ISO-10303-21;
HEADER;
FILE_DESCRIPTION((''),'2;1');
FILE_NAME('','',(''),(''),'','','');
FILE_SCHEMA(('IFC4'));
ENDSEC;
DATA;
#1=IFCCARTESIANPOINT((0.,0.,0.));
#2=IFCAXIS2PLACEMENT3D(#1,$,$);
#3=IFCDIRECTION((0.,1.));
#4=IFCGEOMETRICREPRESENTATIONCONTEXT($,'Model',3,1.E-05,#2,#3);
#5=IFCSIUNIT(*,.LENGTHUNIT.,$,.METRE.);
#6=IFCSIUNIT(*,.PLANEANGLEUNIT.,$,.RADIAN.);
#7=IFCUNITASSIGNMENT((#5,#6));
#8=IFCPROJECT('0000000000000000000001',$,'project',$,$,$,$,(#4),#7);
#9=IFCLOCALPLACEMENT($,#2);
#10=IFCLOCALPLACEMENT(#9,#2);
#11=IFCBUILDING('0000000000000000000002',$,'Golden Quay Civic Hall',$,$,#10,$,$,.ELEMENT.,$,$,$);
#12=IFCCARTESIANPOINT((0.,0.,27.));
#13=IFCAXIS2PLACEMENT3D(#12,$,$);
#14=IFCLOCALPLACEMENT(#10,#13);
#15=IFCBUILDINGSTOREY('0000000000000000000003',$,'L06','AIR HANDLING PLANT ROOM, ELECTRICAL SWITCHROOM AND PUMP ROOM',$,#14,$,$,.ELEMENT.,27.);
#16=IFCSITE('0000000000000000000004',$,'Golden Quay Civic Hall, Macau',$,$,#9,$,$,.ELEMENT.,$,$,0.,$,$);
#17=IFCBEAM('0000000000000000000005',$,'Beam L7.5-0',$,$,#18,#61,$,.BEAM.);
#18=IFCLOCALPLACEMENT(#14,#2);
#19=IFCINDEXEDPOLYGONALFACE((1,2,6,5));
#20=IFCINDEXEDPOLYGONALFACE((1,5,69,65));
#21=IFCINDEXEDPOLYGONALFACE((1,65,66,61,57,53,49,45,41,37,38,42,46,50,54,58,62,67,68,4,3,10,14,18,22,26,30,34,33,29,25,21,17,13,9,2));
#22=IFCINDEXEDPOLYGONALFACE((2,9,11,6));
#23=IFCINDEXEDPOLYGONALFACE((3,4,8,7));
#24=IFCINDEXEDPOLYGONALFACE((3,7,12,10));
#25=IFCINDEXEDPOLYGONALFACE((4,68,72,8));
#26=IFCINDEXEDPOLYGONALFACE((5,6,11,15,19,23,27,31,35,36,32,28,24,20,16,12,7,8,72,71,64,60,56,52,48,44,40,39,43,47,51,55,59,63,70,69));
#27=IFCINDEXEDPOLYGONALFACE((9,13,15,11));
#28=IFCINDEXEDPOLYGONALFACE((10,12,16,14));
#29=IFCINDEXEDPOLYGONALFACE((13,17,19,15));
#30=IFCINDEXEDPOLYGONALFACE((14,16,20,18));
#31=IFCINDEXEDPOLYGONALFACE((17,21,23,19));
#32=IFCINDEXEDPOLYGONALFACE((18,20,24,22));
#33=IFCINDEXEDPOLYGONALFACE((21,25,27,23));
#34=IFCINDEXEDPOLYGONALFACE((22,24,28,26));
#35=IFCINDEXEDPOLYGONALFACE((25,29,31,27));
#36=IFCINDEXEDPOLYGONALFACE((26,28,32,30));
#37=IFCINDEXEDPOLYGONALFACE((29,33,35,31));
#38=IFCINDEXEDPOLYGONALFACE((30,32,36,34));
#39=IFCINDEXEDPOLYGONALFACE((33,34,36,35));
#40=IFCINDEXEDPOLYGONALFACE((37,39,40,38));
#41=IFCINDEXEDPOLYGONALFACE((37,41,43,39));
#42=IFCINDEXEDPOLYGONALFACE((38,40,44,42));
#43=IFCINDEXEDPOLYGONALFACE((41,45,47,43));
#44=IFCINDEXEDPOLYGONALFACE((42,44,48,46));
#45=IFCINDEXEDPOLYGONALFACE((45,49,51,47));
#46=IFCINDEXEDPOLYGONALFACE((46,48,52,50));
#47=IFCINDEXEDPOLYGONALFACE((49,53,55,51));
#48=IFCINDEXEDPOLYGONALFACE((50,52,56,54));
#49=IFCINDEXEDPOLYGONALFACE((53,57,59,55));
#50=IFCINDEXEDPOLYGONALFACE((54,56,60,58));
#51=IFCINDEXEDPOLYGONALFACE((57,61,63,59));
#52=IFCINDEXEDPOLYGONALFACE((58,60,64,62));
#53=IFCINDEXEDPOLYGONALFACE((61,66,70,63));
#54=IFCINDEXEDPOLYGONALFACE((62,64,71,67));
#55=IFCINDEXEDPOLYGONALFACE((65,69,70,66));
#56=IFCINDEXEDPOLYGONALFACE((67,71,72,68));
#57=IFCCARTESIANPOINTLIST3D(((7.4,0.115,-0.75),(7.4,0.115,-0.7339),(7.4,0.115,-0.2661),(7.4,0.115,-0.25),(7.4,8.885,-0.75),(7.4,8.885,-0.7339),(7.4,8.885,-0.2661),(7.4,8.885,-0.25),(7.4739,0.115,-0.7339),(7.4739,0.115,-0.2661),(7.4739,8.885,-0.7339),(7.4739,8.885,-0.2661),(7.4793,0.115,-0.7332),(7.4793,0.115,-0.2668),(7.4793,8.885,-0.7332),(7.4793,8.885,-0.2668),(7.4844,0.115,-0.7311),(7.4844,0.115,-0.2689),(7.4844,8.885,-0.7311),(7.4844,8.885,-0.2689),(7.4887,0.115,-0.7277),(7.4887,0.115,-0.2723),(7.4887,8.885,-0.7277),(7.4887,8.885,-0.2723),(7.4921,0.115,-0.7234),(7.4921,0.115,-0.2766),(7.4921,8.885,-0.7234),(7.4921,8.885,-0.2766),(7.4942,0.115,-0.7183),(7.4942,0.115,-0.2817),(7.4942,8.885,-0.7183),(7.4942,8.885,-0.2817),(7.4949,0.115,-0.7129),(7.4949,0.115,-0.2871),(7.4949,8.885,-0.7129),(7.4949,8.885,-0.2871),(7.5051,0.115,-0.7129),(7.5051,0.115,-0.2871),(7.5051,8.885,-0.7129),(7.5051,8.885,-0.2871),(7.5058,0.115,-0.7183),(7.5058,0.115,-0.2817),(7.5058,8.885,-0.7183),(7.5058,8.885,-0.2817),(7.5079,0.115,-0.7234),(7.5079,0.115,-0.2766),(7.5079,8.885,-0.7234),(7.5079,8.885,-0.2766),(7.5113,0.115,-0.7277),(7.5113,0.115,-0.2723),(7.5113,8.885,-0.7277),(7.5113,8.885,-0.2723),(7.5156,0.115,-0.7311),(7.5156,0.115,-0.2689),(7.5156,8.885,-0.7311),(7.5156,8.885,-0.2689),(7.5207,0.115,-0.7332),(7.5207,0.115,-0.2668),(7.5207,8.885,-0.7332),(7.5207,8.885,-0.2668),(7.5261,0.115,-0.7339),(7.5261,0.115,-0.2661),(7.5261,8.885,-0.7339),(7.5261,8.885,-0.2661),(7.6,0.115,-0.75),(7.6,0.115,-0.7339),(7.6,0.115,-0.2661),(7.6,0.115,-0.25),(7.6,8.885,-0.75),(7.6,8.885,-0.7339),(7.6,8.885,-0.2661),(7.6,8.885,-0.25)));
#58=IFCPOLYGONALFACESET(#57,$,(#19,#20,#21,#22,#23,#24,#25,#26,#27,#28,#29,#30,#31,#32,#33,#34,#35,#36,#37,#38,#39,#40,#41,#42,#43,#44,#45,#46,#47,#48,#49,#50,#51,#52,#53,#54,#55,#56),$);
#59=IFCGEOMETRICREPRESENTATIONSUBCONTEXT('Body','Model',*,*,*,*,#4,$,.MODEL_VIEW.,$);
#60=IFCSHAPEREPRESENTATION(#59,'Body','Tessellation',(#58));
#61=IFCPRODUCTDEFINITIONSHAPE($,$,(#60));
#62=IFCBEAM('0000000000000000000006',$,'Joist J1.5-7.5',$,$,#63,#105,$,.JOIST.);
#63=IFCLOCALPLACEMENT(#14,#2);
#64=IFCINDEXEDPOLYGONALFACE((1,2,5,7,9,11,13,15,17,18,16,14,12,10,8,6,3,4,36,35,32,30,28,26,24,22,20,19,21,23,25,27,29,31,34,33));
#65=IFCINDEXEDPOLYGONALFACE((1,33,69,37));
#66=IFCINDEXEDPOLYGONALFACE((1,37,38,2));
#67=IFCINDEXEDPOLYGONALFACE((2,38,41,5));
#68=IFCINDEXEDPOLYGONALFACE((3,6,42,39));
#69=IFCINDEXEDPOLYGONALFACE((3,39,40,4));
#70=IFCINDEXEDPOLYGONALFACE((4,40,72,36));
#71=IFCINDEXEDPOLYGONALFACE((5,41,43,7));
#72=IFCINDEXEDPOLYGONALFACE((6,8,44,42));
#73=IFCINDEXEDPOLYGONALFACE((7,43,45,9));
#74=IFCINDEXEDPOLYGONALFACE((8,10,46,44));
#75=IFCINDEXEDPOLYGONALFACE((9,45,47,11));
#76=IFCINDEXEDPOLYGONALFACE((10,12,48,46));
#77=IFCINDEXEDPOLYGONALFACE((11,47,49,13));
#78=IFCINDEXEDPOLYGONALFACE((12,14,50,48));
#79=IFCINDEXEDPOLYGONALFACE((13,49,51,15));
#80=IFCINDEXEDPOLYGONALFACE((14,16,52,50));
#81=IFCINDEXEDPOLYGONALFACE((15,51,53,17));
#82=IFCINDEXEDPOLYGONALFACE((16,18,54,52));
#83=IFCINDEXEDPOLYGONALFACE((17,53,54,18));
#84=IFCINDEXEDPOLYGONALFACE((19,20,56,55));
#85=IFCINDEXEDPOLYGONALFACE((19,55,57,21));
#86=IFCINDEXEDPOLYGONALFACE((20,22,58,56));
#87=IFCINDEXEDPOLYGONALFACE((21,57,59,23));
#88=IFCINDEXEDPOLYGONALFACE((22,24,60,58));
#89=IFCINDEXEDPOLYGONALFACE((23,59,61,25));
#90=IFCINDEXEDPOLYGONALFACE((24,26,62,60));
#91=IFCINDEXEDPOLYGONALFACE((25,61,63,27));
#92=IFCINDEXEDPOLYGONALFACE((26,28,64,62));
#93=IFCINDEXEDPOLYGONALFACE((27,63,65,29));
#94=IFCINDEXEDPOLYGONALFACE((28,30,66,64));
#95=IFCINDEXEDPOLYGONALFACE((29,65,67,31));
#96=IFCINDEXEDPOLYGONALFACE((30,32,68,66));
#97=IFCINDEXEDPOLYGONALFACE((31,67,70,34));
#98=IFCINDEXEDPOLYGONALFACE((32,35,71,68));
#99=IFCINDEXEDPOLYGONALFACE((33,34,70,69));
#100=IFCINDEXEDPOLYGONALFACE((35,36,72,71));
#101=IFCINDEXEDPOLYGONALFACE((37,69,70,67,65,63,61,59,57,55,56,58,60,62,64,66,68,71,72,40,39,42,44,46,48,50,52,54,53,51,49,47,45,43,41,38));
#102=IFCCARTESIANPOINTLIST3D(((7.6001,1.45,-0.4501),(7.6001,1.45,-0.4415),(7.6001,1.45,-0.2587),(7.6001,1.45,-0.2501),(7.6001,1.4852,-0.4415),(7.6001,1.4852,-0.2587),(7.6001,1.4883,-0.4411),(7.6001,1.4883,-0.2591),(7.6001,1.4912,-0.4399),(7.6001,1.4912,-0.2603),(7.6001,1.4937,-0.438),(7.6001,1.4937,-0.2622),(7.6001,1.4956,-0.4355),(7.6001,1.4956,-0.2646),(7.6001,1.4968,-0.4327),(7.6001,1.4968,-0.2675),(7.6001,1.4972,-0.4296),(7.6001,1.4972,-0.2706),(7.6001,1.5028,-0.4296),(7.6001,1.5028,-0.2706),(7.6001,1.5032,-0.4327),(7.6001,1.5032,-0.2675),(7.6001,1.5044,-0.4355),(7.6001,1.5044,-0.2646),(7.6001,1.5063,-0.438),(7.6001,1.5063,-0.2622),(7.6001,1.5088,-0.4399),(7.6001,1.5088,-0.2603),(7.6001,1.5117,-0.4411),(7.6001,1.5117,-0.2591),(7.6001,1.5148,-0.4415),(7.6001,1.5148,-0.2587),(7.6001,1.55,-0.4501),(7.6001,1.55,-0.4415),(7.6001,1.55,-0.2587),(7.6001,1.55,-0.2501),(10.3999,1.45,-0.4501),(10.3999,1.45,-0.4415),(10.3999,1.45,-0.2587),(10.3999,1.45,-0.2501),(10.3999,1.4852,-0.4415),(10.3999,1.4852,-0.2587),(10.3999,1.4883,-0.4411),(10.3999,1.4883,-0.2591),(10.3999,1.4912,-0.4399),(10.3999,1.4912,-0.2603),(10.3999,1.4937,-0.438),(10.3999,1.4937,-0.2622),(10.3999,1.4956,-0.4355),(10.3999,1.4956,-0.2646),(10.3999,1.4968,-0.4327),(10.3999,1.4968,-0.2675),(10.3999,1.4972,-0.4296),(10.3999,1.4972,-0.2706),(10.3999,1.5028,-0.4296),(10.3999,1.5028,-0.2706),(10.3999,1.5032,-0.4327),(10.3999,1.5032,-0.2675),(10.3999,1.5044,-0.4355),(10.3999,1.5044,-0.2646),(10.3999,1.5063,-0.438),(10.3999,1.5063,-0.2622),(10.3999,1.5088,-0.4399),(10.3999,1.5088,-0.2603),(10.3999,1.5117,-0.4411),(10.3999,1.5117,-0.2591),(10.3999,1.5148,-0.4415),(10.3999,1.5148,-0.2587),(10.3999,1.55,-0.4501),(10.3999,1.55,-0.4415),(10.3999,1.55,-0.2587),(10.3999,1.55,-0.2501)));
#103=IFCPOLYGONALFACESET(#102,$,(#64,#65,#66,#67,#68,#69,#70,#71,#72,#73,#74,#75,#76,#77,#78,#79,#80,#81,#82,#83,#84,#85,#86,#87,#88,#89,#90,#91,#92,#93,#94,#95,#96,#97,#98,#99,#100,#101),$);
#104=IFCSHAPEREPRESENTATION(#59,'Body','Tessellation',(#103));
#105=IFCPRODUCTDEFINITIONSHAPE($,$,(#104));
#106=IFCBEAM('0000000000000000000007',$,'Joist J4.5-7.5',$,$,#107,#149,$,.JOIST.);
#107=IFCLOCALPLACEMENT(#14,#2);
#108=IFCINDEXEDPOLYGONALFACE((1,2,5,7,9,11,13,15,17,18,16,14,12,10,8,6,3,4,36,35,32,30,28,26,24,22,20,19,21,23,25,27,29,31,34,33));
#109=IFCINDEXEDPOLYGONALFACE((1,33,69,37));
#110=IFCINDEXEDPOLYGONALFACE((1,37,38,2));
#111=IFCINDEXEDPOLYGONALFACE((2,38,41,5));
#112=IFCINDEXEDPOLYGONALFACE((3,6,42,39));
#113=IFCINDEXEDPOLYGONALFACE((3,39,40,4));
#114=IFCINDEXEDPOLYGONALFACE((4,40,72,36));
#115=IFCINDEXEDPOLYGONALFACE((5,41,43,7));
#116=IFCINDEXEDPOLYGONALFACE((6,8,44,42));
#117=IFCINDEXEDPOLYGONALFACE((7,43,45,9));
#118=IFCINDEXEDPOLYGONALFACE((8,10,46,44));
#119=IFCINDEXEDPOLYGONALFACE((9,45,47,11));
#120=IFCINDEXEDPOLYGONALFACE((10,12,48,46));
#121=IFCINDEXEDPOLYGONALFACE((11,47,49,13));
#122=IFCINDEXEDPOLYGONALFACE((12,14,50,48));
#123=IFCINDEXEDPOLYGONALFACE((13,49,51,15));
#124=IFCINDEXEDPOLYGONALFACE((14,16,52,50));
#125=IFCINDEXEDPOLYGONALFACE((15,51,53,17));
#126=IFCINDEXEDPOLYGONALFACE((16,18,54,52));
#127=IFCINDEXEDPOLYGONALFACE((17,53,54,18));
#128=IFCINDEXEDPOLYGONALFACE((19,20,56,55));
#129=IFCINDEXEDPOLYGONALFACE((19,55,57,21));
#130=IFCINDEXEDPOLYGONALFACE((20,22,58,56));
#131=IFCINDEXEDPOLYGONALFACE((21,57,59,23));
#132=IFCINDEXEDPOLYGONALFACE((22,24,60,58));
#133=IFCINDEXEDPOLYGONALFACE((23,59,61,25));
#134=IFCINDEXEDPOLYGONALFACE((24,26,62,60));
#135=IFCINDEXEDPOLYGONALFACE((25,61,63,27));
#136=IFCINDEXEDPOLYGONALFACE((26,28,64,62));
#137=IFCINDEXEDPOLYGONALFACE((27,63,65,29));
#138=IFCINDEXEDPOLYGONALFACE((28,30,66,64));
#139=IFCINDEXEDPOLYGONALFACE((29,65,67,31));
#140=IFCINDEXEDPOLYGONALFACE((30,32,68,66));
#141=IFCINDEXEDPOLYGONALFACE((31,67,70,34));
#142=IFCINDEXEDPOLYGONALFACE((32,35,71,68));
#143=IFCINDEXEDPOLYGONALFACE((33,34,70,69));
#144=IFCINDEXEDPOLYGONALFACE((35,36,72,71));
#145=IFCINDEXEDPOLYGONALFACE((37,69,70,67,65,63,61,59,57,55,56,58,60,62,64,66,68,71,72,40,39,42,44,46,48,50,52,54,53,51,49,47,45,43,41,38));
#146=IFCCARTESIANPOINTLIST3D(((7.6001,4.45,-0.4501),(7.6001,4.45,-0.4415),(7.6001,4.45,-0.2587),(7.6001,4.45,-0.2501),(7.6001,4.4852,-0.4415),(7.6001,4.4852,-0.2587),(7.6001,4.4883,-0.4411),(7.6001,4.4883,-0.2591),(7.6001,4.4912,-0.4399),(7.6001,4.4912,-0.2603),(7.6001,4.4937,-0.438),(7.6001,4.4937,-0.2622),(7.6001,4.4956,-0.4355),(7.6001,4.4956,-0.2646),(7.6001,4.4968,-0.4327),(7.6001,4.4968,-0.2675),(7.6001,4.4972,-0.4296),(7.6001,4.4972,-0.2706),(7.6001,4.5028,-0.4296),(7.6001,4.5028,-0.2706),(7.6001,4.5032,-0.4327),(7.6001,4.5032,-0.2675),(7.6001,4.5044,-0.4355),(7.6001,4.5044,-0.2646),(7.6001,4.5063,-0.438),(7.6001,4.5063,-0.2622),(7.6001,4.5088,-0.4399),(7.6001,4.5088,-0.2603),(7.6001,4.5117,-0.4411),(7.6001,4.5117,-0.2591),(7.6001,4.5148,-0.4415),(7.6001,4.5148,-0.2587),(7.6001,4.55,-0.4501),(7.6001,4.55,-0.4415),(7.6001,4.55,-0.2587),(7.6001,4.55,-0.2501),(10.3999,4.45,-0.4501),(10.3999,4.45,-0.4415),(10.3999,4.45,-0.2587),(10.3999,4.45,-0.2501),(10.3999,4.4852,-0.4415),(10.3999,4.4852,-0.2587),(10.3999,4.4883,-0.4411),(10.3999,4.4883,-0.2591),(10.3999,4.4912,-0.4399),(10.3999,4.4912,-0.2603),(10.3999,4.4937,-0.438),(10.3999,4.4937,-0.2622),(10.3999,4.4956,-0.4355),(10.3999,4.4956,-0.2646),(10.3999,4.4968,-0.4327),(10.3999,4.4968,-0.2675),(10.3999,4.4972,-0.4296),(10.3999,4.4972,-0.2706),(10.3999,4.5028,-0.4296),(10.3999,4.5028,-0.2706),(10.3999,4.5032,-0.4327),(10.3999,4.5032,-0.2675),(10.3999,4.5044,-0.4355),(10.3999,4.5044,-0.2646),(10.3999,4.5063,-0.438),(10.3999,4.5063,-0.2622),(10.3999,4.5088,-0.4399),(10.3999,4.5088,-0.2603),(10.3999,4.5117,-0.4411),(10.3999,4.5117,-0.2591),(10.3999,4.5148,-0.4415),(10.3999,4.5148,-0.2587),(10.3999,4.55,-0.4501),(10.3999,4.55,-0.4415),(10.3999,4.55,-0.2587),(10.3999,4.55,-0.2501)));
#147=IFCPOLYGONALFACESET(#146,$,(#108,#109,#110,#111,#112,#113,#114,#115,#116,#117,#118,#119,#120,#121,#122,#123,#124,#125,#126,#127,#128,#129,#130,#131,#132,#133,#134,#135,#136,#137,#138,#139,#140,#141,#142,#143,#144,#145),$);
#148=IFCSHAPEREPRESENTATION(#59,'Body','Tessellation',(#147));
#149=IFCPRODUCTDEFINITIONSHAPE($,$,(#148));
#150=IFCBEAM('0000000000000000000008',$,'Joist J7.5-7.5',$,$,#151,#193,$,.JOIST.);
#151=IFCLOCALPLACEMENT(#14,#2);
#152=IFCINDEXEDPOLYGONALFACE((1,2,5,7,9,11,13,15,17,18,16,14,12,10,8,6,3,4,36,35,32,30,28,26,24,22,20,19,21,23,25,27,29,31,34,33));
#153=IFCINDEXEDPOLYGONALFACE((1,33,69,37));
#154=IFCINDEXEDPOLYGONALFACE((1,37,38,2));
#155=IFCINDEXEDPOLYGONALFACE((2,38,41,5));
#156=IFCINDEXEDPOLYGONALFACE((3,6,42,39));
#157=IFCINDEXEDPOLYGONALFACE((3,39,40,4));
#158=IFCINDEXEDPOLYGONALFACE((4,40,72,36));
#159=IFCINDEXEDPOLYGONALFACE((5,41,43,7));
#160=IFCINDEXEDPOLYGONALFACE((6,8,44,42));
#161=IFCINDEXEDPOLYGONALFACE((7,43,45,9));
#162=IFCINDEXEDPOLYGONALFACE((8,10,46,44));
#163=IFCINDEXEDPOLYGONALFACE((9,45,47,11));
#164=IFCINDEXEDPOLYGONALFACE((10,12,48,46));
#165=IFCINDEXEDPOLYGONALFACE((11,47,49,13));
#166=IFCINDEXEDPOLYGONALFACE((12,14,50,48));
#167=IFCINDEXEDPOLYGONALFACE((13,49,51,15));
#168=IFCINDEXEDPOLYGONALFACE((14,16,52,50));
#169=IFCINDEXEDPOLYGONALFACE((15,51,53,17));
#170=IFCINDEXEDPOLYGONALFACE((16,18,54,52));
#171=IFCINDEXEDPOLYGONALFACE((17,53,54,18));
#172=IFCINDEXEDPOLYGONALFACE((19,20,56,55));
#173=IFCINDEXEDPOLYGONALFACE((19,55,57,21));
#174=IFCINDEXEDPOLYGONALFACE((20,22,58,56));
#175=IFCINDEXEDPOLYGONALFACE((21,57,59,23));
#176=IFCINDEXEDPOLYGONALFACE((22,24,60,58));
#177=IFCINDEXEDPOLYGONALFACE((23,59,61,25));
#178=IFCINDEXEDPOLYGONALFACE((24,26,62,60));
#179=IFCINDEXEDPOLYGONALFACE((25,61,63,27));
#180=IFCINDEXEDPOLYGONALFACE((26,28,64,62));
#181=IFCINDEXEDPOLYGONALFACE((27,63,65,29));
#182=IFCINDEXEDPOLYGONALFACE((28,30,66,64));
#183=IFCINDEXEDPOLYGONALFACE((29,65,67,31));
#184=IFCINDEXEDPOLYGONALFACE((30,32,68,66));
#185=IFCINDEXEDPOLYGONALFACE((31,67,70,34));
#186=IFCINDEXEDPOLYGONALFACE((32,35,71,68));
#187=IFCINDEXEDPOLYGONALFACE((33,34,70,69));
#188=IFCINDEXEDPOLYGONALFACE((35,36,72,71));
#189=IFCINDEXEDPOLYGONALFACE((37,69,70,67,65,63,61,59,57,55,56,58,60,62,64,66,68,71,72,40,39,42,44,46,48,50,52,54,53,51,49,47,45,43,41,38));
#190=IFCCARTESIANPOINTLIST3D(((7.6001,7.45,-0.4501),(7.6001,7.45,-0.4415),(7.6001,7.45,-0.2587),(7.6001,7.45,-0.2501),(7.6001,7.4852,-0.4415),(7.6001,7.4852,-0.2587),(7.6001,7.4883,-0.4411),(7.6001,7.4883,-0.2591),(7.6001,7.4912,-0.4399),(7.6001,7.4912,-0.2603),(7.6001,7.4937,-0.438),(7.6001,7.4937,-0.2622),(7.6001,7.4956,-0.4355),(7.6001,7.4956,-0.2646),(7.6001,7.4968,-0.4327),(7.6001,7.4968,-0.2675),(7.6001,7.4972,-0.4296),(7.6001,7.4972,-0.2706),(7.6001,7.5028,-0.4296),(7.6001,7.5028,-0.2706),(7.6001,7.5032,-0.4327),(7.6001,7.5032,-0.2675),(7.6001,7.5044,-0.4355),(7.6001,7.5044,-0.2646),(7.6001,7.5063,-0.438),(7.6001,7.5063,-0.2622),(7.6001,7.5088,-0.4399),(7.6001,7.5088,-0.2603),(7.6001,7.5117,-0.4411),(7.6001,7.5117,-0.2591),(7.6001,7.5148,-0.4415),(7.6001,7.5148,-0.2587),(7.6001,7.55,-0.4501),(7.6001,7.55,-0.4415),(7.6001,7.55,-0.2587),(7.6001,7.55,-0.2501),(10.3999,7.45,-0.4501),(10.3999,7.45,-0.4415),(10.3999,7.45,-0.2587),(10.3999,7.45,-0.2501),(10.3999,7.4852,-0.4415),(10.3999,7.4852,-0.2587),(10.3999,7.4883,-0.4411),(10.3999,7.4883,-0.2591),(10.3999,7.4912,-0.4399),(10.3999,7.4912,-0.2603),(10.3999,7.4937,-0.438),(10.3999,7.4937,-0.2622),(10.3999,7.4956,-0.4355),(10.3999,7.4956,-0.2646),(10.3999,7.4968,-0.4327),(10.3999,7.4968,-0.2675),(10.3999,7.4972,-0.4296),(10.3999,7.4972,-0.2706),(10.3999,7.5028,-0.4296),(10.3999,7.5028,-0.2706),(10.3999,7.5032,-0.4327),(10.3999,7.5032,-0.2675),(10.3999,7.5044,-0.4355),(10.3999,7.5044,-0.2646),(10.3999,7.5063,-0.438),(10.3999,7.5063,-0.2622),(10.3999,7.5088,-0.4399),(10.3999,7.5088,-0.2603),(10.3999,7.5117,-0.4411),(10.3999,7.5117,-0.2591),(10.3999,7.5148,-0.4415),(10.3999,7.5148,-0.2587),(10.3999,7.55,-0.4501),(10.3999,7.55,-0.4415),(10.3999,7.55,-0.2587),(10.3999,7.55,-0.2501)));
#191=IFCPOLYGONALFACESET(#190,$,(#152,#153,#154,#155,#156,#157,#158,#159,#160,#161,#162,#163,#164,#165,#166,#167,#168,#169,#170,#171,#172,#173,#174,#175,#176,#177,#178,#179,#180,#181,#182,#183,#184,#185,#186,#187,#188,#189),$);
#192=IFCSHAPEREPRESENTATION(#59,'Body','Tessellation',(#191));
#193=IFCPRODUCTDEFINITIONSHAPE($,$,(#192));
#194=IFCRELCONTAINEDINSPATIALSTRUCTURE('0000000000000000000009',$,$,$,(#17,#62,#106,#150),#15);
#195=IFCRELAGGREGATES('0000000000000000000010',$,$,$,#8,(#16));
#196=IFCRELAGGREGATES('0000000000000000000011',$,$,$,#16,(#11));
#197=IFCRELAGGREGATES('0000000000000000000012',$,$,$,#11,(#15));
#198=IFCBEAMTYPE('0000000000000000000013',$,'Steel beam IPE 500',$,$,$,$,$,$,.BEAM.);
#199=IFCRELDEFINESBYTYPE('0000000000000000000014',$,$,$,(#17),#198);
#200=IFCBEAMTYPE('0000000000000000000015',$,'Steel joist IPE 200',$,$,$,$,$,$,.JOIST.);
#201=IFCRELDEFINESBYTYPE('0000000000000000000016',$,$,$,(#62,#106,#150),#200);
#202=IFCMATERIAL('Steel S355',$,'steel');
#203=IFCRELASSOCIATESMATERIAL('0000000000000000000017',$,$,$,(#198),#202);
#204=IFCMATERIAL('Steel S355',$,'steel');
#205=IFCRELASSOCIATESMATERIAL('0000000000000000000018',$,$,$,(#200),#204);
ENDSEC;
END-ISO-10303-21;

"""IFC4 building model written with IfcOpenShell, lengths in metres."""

from ifc_helpers import new_model, si_unit, direction, frame, origin, origin_2d, place, context, subcontext, project, spatial, i_section, extrude, material, material_profile, profile_set, type_object, element, save


model = new_model("IFC4")

# Units and contexts
model_context = context("Model", 3, precision=1e-05, world=origin(), true_north=direction((0.0, 1.0)))
body_context = subcontext(model_context, "Body", "Model", "MODEL_VIEW")
ifc_project = project(units=[si_unit("LENGTHUNIT", "METRE"), si_unit("PLANEANGLEUNIT", "RADIAN")], contexts=[model_context])

# Site, building, storey
site_placement = place(None, origin())
site = spatial("IfcSite", under=ifc_project, at=site_placement, Name="Golden Quay Civic Hall, Macau", CompositionType="ELEMENT", RefElevation=0.0)
building_placement = place(site_placement, origin())
building = spatial("IfcBuilding", under=site, at=building_placement, Name="Golden Quay Civic Hall", CompositionType="ELEMENT")
storey_placement = place(building_placement, frame((0.0, 0.0, 27.0)))
storey = spatial("IfcBuildingStorey", under=building, at=storey_placement, Name="L06", Description="AIR HANDLING PLANT ROOM, ELECTRICAL SWITCHROOM AND PUMP ROOM", CompositionType="ELEMENT", Elevation=27.0)

# Beams
ifc_material_1 = material(Name="Steel S355", Category="steel")
ifc_material_profile_1 = material_profile(ifc_material_1, i_section(OverallWidth=0.2, OverallDepth=0.5, WebThickness=0.0103, FlangeThickness=0.0161, FilletRadius=0.021, at=origin_2d()), Name="IPE 500")
ifc_profile_set_1 = profile_set([ifc_material_profile_1], Name="Steel S355")
beam_type_1 = type_object("IfcBeamType", Name="Steel beam IPE 500", PredefinedType="BEAM", material=ifc_profile_set_1)
beam_1_placement = place(storey_placement, frame((7.5, 0.115, -0.5), z_axis=(0.0, 1.0, 0.0), x_axis=(-1.0, 0.0, 0.0)))
element("IfcBeam", 1, at=beam_1_placement, inside=storey, type_object=beam_type_1, Name="Beam L7.5-0", PredefinedType="BEAM", context=body_context, shape_type="SweptSolid", body=[
    extrude(i_section(OverallWidth=0.2, OverallDepth=0.5, WebThickness=0.0103, FlangeThickness=0.0161, FilletRadius=0.021, at=origin_2d()), origin(), (0.0, 0.0, 1.0), 8.77),
])
ifc_material_2 = material(Name="Steel S355", Category="steel")
ifc_material_profile_2 = material_profile(ifc_material_2, i_section(OverallWidth=0.1001, OverallDepth=0.2, WebThickness=0.0056, FlangeThickness=0.0085, FilletRadius=0.012, at=origin_2d()), Name="IPE 200")
ifc_profile_set_2 = profile_set([ifc_material_profile_2], Name="Steel S355")
beam_type_2 = type_object("IfcBeamType", Name="Steel joist IPE 200", PredefinedType="JOIST", material=ifc_profile_set_2)
for number, where, z_axis, x_axis, name in (
    (2, (7.6001, 1.5, -0.3501), (1.0, 0.0, 0.0), (0.0, 1.0, 0.0), "Joist J1.5-7.5"),
    (3, (7.6001, 4.5, -0.3501), (1.0, 0.0, 0.0), (0.0, 1.0, 0.0), "Joist J4.5-7.5"),
    (4, (7.6001, 7.5, -0.3501), (1.0, 0.0, 0.0), (0.0, 1.0, 0.0), "Joist J7.5-7.5"),
):
    element("IfcBeam", number, at=place(storey_placement, frame(where, z_axis=z_axis, x_axis=x_axis)), inside=storey, type_object=beam_type_2, Name=name, PredefinedType="JOIST", context=body_context, shape_type="SweptSolid", body=[
        extrude(i_section(OverallWidth=0.1001, OverallDepth=0.2, WebThickness=0.0056, FlangeThickness=0.0085, FilletRadius=0.012, at=origin_2d()), origin(), (0.0, 0.0, 1.0), 2.7998),
    ])

save(model, "model.ifc")
